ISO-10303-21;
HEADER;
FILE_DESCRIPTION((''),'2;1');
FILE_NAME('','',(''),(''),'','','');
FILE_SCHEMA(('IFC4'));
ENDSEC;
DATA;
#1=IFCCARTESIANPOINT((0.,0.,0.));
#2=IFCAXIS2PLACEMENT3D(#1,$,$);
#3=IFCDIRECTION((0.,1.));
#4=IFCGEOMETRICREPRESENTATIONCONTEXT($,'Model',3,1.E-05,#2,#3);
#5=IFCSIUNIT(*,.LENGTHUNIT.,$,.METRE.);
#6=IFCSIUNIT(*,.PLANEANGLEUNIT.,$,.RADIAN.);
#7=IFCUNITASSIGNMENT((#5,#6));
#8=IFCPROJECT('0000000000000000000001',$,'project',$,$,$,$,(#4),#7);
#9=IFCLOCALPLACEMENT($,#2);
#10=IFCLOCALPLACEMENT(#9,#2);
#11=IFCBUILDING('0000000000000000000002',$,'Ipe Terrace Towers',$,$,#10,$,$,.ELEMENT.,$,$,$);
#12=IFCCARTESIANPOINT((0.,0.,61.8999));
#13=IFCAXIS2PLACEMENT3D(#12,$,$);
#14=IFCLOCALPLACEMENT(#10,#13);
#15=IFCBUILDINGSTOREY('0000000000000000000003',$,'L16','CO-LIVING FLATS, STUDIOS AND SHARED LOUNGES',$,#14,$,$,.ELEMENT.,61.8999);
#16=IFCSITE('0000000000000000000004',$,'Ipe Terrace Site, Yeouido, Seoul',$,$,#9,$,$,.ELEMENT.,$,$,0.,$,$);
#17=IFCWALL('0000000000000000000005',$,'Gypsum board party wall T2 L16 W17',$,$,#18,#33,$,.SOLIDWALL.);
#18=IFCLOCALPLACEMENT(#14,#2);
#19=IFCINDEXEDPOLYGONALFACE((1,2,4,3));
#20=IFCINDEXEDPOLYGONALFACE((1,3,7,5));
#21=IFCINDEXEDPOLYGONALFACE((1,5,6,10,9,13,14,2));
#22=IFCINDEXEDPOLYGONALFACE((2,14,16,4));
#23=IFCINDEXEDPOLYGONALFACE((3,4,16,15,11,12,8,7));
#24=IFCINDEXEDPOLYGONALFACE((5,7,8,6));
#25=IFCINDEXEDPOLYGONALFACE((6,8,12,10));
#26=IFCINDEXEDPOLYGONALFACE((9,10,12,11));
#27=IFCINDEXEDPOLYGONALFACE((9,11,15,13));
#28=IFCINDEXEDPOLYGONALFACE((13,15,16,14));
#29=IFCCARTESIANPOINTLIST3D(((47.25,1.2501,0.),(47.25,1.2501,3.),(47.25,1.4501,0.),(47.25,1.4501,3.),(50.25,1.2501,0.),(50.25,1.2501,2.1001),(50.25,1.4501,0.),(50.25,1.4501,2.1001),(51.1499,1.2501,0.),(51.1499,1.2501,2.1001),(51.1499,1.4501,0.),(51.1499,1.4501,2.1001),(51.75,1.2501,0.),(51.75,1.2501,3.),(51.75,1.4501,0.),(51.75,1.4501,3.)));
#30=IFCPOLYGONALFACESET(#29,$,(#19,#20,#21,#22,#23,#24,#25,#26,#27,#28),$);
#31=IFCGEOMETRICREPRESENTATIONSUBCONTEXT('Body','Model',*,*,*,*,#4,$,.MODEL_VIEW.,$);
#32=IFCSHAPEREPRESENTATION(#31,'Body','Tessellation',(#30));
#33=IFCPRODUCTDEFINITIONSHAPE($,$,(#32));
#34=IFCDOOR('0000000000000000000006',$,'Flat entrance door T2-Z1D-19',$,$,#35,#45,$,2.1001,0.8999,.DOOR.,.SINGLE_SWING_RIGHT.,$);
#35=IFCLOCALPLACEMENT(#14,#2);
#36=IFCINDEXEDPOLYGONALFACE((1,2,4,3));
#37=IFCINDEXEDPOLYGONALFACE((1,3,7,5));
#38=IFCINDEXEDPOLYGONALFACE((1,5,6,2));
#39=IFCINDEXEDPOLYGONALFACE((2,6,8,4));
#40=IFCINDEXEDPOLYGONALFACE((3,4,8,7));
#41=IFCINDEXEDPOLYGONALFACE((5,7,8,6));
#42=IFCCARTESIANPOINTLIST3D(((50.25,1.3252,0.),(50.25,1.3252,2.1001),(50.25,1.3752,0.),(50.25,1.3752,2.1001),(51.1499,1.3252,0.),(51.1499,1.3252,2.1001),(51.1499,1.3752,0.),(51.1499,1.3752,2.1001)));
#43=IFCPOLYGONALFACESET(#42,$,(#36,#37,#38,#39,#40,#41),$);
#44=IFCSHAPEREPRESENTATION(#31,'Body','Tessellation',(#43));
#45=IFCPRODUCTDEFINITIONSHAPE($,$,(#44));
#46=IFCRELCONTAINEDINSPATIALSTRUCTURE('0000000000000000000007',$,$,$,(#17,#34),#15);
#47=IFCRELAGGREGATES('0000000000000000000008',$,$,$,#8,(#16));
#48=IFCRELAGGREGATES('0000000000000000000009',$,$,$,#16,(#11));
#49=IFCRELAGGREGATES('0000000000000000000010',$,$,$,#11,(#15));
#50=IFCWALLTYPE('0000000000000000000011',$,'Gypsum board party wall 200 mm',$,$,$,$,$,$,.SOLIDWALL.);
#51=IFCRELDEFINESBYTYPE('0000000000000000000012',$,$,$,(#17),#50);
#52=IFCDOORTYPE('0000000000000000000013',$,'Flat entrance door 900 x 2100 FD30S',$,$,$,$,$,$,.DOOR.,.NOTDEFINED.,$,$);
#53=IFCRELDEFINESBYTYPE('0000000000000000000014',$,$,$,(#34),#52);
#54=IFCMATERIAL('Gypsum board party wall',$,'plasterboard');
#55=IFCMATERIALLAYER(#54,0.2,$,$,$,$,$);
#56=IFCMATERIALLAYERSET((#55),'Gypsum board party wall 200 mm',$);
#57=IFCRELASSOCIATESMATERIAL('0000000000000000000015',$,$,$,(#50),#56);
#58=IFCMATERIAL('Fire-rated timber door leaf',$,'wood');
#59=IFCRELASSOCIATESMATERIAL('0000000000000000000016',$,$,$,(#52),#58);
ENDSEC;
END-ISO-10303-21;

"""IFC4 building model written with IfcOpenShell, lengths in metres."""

from ifc_helpers import new_model, si_unit, direction, frame, frame_2d, origin, place, context, subcontext, project, spatial, rectangle, extrude, material, layer, layer_set, type_object, element, fill, save


model = new_model("IFC4")

# Units and contexts
model_context = context("Model", 3, precision=1e-05, world=origin(), true_north=direction((0.0, 1.0)))
body_context = subcontext(model_context, "Body", "Model", "MODEL_VIEW")
ifc_project = project(units=[si_unit("LENGTHUNIT", "METRE"), si_unit("PLANEANGLEUNIT", "RADIAN")], contexts=[model_context])

# Site, building, storey
site_placement = place(None, origin())
site = spatial("IfcSite", under=ifc_project, at=site_placement, Name="Ipe Terrace Site, Yeouido, Seoul", CompositionType="ELEMENT", RefElevation=0.0)
building_placement = place(site_placement, origin())
building = spatial("IfcBuilding", under=site, at=building_placement, Name="Ipe Terrace Towers", CompositionType="ELEMENT")
storey_placement = place(building_placement, frame((0.0, 0.0, 61.8999)))
storey = spatial("IfcBuildingStorey", under=building, at=storey_placement, Name="L16", Description="CO-LIVING FLATS, STUDIOS AND SHARED LOUNGES", CompositionType="ELEMENT", Elevation=61.8999)

# Wall, opening, door
ifc_material_1 = material(Name="Gypsum board party wall", Category="plasterboard")
ifc_layer_1 = layer(ifc_material_1, 0.2)
ifc_layer_set_1 = layer_set([ifc_layer_1], Name="Gypsum board party wall 200 mm")
wall_type_1 = type_object("IfcWallType", Name="Gypsum board party wall 200 mm", PredefinedType="SOLIDWALL", material=ifc_layer_set_1)
wall_1_placement = place(storey_placement, frame((51.75, 1.3501, 0.0), z_axis=(0.0, 0.0, 1.0), x_axis=(-1.0, 0.0, 0.0)))
wall_1 = element("IfcWall", 1, at=wall_1_placement, inside=storey, type_object=wall_type_1, Name="Gypsum board party wall T2 L16 W17", PredefinedType="SOLIDWALL", context=body_context, shape_type="SweptSolid", body=[
    extrude(rectangle(XDim=4.5, YDim=0.2, at=frame_2d((2.25, 0.0))), origin(), (0.0, 0.0, 1.0), 3.0),
])
opening_1_placement = place(wall_1_placement, frame((0.6001, 0.0, 0.0)))
opening_1 = element("IfcOpeningElement", 2, at=opening_1_placement, cuts=wall_1, PredefinedType="OPENING", context=body_context, shape_type="SweptSolid", body=[
    extrude(rectangle(XDim=0.8999, YDim=2.1001, at=frame_2d((0.45, 1.05))), frame((0.0, 0.1099, 0.0), z_axis=(0.0, -1.0, 0.0), x_axis=(1.0, 0.0, 0.0)), (0.0, 0.0, 1.0), 0.22),
])
ifc_material_2 = material(Name="Fire-rated timber door leaf", Category="wood")
door_type_1 = type_object("IfcDoorType", Name="Flat entrance door 900 x 2100 FD30S", OperationType="NOTDEFINED", PredefinedType="DOOR", material=ifc_material_2)
door_1_placement = place(opening_1_placement, origin())
door_1 = element("IfcDoor", 3, at=door_1_placement, inside=storey, type_object=door_type_1, Name="Flat entrance door T2-Z1D-19", OperationType="SINGLE_SWING_RIGHT", OverallHeight=2.1001, OverallWidth=0.8999, PredefinedType="DOOR", context=body_context, shape_type="SweptSolid", body=[
    extrude(rectangle(XDim=0.8999, YDim=2.1001, at=frame_2d((0.45, 1.05))), frame((0.0, 0.0249, 0.0), z_axis=(0.0, -1.0, 0.0), x_axis=(1.0, 0.0, 0.0)), (0.0, 0.0, 1.0), 0.05),
])
fill(opening_1, door_1)

save(model, "model.ifc")
